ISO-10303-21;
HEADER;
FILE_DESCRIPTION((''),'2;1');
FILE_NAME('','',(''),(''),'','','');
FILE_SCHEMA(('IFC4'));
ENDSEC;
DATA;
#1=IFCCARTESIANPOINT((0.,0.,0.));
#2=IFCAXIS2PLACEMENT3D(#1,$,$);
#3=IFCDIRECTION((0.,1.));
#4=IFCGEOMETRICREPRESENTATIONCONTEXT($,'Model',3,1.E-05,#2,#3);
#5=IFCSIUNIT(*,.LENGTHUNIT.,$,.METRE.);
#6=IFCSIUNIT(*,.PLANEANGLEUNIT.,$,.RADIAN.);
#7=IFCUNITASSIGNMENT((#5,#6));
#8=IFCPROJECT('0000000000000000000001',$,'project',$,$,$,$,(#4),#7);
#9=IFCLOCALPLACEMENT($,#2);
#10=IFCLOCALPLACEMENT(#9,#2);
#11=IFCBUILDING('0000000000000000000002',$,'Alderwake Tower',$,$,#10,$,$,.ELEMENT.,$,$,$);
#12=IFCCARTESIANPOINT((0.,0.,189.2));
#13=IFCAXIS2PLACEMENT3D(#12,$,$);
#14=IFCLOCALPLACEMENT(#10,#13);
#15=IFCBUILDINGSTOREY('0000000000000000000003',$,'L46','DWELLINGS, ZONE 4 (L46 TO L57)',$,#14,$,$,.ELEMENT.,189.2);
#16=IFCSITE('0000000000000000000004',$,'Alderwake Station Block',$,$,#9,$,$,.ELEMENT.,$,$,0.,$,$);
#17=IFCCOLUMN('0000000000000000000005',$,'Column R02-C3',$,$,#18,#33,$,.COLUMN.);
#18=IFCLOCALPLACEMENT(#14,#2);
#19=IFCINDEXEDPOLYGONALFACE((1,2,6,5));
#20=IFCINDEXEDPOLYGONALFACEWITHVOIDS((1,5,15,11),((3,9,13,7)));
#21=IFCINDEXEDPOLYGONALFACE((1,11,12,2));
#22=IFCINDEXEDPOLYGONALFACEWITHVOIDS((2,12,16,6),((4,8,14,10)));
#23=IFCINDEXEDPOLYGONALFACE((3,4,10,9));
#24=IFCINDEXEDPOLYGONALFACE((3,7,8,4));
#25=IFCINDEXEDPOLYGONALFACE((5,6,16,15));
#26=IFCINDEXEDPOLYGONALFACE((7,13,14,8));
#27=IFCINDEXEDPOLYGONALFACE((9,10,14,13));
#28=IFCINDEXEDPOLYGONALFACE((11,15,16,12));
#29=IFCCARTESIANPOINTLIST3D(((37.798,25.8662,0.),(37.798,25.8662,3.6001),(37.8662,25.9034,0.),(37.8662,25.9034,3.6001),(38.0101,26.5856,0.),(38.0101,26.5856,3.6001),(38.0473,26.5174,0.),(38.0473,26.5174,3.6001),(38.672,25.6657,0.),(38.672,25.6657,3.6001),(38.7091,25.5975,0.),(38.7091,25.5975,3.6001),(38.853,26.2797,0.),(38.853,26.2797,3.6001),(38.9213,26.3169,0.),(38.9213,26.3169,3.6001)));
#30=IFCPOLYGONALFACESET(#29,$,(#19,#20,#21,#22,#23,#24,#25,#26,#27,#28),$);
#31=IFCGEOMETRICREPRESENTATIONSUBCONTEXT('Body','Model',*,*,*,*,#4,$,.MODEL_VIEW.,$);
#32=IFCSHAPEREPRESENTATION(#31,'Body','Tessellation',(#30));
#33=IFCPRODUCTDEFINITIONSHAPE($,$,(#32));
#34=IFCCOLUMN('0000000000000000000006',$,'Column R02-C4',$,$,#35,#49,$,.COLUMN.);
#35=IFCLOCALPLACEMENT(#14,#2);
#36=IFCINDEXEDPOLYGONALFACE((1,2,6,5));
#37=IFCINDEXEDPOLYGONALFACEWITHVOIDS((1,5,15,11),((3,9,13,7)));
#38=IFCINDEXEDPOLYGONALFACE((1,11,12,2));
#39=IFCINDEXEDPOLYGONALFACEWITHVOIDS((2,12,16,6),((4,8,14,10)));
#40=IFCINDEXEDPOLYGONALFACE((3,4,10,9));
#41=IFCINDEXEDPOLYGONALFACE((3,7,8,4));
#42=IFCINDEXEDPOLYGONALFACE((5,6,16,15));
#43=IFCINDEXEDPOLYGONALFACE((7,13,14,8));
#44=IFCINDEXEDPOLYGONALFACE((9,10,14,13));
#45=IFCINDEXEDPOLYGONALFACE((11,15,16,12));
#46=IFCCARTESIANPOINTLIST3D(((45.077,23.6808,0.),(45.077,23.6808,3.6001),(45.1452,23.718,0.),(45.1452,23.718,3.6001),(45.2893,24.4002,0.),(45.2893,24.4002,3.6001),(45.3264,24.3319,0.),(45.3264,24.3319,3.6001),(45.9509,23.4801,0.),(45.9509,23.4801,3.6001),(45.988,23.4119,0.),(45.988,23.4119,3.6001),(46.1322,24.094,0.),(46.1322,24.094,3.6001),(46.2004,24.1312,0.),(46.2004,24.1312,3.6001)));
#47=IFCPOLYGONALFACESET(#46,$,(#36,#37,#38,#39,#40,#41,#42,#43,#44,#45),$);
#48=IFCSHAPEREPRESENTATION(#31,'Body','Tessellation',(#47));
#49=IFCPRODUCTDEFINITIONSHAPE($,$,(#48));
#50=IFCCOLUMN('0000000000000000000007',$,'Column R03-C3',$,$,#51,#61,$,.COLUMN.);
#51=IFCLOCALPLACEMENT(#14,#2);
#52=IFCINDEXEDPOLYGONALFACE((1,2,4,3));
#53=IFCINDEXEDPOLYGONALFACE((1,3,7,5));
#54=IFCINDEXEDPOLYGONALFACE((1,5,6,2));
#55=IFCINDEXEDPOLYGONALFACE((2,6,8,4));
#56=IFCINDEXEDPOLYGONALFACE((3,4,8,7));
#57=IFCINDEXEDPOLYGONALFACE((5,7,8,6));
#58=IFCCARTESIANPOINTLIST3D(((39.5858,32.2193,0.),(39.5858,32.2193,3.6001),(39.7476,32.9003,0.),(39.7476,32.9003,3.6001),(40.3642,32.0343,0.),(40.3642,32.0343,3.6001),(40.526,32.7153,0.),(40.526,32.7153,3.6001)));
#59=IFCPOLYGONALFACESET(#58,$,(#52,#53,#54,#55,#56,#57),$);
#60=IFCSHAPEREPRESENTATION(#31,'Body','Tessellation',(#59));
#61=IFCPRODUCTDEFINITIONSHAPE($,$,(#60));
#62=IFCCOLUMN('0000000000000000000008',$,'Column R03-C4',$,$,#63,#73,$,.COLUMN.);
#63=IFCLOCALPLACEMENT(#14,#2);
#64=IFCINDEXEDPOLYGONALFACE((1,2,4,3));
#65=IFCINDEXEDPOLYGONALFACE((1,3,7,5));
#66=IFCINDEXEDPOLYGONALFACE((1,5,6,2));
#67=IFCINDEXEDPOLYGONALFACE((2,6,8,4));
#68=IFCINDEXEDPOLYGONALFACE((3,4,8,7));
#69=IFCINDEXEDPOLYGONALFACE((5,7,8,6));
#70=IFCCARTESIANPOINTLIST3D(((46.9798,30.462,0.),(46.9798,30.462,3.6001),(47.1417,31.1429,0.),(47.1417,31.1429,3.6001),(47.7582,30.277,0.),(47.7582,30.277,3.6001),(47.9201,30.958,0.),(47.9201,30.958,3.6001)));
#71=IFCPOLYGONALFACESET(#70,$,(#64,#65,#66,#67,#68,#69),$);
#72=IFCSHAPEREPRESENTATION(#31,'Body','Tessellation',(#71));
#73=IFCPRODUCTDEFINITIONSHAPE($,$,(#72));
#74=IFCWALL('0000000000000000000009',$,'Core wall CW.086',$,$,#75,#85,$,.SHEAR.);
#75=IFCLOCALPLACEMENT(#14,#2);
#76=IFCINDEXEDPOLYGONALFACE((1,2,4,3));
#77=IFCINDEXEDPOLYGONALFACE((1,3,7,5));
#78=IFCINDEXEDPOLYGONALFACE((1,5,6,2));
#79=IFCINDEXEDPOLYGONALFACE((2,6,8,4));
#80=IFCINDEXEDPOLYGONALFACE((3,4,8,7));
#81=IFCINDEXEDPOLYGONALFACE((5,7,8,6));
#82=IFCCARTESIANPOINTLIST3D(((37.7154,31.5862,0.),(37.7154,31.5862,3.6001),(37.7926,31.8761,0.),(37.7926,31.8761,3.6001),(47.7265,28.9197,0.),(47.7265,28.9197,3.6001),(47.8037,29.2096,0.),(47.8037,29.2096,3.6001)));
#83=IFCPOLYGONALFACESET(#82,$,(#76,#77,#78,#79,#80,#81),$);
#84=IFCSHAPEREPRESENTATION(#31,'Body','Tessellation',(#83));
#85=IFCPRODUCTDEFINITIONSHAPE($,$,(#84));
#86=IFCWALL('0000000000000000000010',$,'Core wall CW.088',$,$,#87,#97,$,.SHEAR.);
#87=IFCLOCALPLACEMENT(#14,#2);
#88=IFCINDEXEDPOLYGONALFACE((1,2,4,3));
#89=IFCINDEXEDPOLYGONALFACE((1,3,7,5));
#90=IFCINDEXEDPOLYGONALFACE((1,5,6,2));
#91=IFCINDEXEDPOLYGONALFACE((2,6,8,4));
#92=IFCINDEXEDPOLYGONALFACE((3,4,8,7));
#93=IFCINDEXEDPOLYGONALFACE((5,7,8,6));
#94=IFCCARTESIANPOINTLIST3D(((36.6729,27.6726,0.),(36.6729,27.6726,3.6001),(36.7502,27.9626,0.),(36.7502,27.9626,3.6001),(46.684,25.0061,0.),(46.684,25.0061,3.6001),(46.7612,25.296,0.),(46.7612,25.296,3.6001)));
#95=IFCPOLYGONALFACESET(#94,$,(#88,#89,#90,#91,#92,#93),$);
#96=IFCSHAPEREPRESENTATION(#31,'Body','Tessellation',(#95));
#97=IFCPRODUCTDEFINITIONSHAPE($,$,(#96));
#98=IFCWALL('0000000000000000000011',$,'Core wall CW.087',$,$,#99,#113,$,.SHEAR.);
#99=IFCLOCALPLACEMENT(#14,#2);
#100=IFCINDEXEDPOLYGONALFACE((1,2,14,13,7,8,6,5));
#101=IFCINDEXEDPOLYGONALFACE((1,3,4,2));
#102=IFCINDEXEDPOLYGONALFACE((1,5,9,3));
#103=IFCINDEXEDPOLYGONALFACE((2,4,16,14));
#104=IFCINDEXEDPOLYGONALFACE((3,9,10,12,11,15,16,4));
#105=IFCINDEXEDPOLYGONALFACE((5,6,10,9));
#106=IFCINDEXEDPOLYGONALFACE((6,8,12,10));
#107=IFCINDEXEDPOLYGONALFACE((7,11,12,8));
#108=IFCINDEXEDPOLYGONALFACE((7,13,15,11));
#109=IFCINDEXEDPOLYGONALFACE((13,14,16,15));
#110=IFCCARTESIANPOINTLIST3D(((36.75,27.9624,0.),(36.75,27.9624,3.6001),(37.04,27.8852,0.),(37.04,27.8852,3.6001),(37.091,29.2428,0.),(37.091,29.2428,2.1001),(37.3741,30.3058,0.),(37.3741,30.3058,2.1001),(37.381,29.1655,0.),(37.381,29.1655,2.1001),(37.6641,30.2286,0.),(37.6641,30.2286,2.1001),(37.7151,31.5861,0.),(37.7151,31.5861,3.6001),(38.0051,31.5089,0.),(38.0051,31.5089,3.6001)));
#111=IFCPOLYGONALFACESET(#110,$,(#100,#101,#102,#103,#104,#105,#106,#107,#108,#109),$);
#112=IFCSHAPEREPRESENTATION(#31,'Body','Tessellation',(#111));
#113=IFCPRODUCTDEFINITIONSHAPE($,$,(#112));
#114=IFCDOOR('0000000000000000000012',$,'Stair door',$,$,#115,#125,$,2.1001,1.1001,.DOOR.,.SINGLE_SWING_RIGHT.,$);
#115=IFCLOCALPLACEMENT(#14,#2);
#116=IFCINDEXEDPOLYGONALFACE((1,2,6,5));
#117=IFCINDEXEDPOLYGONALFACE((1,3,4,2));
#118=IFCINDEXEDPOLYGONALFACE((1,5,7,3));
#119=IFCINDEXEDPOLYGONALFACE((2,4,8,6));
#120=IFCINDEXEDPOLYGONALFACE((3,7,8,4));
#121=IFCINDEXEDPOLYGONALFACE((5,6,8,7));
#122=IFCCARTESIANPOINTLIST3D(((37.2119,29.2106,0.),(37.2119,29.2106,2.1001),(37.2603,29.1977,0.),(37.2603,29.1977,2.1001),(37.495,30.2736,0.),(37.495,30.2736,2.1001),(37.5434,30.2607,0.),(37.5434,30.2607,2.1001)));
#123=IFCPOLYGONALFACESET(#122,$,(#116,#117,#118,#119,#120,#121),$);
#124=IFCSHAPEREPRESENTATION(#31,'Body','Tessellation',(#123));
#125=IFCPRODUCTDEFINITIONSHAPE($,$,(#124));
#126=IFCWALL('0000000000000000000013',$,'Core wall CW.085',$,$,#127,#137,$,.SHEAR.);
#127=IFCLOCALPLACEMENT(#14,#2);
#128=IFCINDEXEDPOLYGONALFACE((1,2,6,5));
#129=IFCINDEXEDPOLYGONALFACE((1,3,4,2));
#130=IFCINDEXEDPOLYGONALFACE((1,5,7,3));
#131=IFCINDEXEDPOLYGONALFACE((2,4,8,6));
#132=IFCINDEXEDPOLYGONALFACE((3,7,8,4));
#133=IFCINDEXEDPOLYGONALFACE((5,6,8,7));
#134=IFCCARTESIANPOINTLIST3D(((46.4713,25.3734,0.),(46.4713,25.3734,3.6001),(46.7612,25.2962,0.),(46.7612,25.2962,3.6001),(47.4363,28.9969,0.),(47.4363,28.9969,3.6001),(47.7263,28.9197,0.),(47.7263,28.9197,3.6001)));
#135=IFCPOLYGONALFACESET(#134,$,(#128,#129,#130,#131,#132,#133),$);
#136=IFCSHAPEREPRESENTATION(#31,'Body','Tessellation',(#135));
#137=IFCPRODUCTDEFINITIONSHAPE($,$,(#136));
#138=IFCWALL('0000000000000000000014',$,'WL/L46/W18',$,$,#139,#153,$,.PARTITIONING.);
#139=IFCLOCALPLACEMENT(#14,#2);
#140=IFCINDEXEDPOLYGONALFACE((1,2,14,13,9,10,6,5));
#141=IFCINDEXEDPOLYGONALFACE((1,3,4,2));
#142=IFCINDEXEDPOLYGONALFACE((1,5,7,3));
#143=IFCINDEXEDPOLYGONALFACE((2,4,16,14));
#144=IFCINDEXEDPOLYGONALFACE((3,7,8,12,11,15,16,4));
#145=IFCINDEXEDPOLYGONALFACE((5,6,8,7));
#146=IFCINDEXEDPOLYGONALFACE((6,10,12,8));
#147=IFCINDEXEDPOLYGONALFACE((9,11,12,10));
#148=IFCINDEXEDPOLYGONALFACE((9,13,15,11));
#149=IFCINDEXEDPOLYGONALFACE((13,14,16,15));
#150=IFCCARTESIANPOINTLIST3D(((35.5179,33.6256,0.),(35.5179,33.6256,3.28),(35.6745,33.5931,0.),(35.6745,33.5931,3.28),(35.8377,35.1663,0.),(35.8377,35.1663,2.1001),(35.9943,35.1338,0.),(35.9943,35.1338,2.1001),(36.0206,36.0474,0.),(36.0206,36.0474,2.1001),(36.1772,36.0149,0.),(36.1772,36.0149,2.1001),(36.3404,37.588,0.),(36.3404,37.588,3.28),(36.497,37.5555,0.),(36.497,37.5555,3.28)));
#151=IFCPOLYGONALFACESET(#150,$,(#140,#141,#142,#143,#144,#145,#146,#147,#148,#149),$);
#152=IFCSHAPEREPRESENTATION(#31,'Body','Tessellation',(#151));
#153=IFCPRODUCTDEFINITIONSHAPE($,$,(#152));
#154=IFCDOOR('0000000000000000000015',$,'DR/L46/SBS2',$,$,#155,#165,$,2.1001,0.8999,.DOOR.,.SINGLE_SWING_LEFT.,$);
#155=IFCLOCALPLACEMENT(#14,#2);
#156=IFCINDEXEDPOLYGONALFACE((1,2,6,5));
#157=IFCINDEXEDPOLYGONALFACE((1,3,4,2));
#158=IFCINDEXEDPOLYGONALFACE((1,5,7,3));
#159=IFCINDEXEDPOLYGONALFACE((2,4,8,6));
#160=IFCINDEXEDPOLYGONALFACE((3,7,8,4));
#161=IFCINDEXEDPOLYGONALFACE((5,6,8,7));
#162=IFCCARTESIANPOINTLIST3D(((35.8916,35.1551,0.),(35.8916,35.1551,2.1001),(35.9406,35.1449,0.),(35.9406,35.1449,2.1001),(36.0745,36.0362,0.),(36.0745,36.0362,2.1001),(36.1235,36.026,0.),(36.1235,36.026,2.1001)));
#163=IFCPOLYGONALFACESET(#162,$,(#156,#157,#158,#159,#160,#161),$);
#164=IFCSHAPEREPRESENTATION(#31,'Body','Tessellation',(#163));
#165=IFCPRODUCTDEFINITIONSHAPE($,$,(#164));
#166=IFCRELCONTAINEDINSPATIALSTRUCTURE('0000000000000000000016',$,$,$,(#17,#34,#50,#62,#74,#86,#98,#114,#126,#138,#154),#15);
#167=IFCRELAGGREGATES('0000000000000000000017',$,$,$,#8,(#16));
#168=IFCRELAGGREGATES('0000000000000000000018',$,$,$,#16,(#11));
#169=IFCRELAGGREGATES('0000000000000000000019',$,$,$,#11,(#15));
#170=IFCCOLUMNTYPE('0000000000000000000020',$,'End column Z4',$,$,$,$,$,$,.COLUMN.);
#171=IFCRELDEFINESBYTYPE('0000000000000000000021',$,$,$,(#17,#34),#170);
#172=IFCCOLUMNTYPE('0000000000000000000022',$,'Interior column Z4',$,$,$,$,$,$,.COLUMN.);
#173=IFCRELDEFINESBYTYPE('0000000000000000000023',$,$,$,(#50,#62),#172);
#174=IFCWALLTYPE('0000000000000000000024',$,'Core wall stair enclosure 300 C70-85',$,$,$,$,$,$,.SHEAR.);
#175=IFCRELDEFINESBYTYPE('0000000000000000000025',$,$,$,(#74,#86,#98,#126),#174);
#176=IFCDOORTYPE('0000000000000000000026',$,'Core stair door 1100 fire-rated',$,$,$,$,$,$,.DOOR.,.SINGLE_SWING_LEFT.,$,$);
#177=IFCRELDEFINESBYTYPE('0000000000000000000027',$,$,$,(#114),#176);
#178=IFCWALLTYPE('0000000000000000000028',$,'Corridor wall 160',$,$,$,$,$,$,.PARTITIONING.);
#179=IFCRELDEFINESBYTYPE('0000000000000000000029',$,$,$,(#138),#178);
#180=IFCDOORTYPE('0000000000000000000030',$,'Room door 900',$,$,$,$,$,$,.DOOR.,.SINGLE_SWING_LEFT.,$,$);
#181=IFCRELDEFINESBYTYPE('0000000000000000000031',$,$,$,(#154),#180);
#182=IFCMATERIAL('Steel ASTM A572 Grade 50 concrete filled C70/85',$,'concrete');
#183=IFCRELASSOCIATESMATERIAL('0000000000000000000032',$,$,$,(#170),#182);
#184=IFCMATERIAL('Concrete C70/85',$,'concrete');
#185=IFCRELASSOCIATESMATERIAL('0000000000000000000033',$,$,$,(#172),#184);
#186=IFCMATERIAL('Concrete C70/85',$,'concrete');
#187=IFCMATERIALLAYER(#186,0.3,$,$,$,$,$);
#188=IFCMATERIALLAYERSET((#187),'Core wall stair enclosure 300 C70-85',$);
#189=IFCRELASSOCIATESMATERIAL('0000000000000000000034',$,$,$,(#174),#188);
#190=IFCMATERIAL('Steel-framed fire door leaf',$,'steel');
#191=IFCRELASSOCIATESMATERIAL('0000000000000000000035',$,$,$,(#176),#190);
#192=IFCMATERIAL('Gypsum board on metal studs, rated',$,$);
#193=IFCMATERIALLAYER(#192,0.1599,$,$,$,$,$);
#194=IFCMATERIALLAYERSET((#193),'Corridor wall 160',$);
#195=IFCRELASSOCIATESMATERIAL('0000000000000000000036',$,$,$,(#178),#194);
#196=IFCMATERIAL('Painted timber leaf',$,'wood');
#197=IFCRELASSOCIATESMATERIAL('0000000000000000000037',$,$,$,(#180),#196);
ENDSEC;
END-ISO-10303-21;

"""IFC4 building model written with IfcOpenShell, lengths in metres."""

from ifc_helpers import new_model, si_unit, direction, frame, frame_2d, origin, origin_2d, place, context, subcontext, project, spatial, rectangle, hollow_rectangle, extrude, material, layer, layer_set, material_profile, profile_set, type_object, element, fill, save


model = new_model("IFC4")

# Units and contexts
model_context = context("Model", 3, precision=1e-05, world=origin(), true_north=direction((0.0, 1.0)))
body_context = subcontext(model_context, "Body", "Model", "MODEL_VIEW")
ifc_project = project(units=[si_unit("LENGTHUNIT", "METRE"), si_unit("PLANEANGLEUNIT", "RADIAN")], contexts=[model_context])

# Site, building, storey
site_placement = place(None, origin())
site = spatial("IfcSite", under=ifc_project, at=site_placement, Name="Alderwake Station Block", CompositionType="ELEMENT", RefElevation=0.0)
building_placement = place(site_placement, origin())
building = spatial("IfcBuilding", under=site, at=building_placement, Name="Alderwake Tower", CompositionType="ELEMENT")
storey_placement = place(building_placement, frame((0.0, 0.0, 189.2)))
storey = spatial("IfcBuildingStorey", under=building, at=storey_placement, Name="L46", Description="DWELLINGS, ZONE 4 (L46 TO L57)", CompositionType="ELEMENT", Elevation=189.2)

# Columns
ifc_material_1 = material(Name="Steel ASTM A572 Grade 50 concrete filled C70/85", Category="concrete")
ifc_material_profile_1 = material_profile(ifc_material_1, hollow_rectangle(XDim=0.75, YDim=0.95, WallThickness=0.0549, at=origin_2d()), Name="BOX 950X750X55")
ifc_profile_set_1 = profile_set([ifc_material_profile_1], Name="Steel ASTM A572 Grade 50 concrete filled C70/85")
column_type_1 = type_object("IfcColumnType", Name="End column Z4", PredefinedType="COLUMN", material=ifc_profile_set_1)
for number, where, z_axis, x_axis, name in (
    (1, (38.3596, 26.0916, 0.0), (0.0, 0.0, 1.0), (0.282889, 0.959153, 0.0), "Column R02-C3"),
    (2, (45.6387, 23.906, 0.0), (0.0, 0.0, 1.0), (0.28316, 0.959073, 0.0), "Column R02-C4"),
):
    element("IfcColumn", number, at=place(storey_placement, frame(where, z_axis=z_axis, x_axis=x_axis)), inside=storey, type_object=column_type_1, Name=name, PredefinedType="COLUMN", context=body_context, shape_type="SweptSolid", body=[
        extrude(hollow_rectangle(XDim=0.75, YDim=0.95, WallThickness=0.0549, at=origin_2d()), origin(), (0.0, 0.0, 1.0), 3.6001),
    ])
ifc_material_2 = material(Name="Concrete C70/85", Category="concrete")
ifc_material_profile_2 = material_profile(ifc_material_2, rectangle(XDim=0.7, YDim=0.8, at=origin_2d()), Name="RC 800X700")
ifc_profile_set_2 = profile_set([ifc_material_profile_2], Name="Concrete C70/85")
column_type_2 = type_object("IfcColumnType", Name="Interior column Z4", PredefinedType="COLUMN", material=ifc_profile_set_2)
for number, where, z_axis, x_axis, name in (
    (3, (40.0559, 32.4673, 0.0), (0.0, 0.0, 1.0), (0.231222, 0.972901, 0.0), "Column R03-C3"),
    (4, (47.45, 30.71, 0.0), (0.0, 0.0, 1.0), (0.231222, 0.972901, 0.0), "Column R03-C4"),
):
    element("IfcColumn", number, at=place(storey_placement, frame(where, z_axis=z_axis, x_axis=x_axis)), inside=storey, type_object=column_type_2, Name=name, PredefinedType="COLUMN", context=body_context, shape_type="SweptSolid", body=[
        extrude(rectangle(XDim=0.7, YDim=0.8, at=origin_2d()), origin(), (0.0, 0.0, 1.0), 3.6001),
    ])

# Walls
ifc_material_3 = material(Name="Concrete C70/85", Category="concrete")
ifc_layer_1 = layer(ifc_material_3, 0.3)
ifc_layer_set_1 = layer_set([ifc_layer_1], Name="Core wall stair enclosure 300 C70-85")
wall_type_1 = type_object("IfcWallType", Name="Core wall stair enclosure 300 C70-85", PredefinedType="SHEAR", material=ifc_layer_set_1)
for number, where, z_axis, x_axis, name in (
    (5, (37.7539, 31.7312, 0.0), (0.0, 0.0, 1.0), (0.966309, -0.257384, 0.0), "Core wall CW.086"),
    (6, (36.7114, 27.8176, 0.0), (0.0, 0.0, 1.0), (0.966309, -0.257384, 0.0), "Core wall CW.088"),
):
    element("IfcWall", number, at=place(storey_placement, frame(where, z_axis=z_axis, x_axis=x_axis)), inside=storey, type_object=wall_type_1, Name=name, PredefinedType="SHEAR", context=body_context, shape_type="SweptSolid", body=[
        extrude(rectangle(XDim=10.3601, YDim=0.3, at=frame_2d((5.1802, 0.0))), origin(), (0.0, 0.0, 1.0), 3.6001),
    ])

# Wall, opening, door
wall_1_placement = place(storey_placement, frame((36.895, 27.9238, 0.0), z_axis=(0.0, 0.0, 1.0), x_axis=(0.257351, 0.966318, 0.0)))
wall_1 = element("IfcWall", 7, at=wall_1_placement, inside=storey, type_object=wall_type_1, Name="Core wall CW.087", PredefinedType="SHEAR", context=body_context, shape_type="SweptSolid", body=[
    extrude(rectangle(XDim=3.75, YDim=0.3, at=frame_2d((1.875, 0.0))), origin(), (0.0, 0.0, 1.0), 3.6001),
])
opening_1_placement = place(wall_1_placement, frame((1.325, 0.0, 0.0)))
opening_1 = element("IfcOpeningElement", 8, at=opening_1_placement, cuts=wall_1, PredefinedType="OPENING", context=body_context, shape_type="SweptSolid", body=[
    extrude(rectangle(XDim=1.1001, YDim=2.1001, at=frame_2d((0.55, 1.05))), frame((0.0, 0.1599, 0.0), z_axis=(0.0, -1.0, 0.0), x_axis=(1.0, 0.0, 0.0)), (0.0, 0.0, 1.0), 0.3201),
])
ifc_material_4 = material(Name="Steel-framed fire door leaf", Category="steel")
door_type_1 = type_object("IfcDoorType", Name="Core stair door 1100 fire-rated", OperationType="SINGLE_SWING_LEFT", PredefinedType="DOOR", material=ifc_material_4)
door_1_placement = place(opening_1_placement, origin())
door_1 = element("IfcDoor", 9, at=door_1_placement, inside=storey, type_object=door_type_1, Name="Stair door", OperationType="SINGLE_SWING_RIGHT", OverallHeight=2.1001, OverallWidth=1.1001, PredefinedType="DOOR", context=body_context, shape_type="SweptSolid", body=[
    extrude(rectangle(XDim=1.1001, YDim=2.1001, at=frame_2d((0.55, 1.05))), frame((0.0, 0.0249, 0.0), z_axis=(0.0, -1.0, 0.0), x_axis=(1.0, 0.0, 0.0)), (0.0, 0.0, 1.0), 0.05),
])
fill(opening_1, door_1)

# Wall
wall_2_placement = place(storey_placement, frame((46.6162, 25.3347, 0.0), z_axis=(0.0, 0.0, 1.0), x_axis=(0.257367, 0.966314, 0.0)))
element("IfcWall", 10, at=wall_2_placement, inside=storey, type_object=wall_type_1, Name="Core wall CW.085", PredefinedType="SHEAR", context=body_context, shape_type="SweptSolid", body=[
    extrude(rectangle(XDim=3.7498, YDim=0.3, at=frame_2d((1.875, 0.0))), origin(), (0.0, 0.0, 1.0), 3.6001),
])

# Wall, opening, door
ifc_material_5 = material(Name="Gypsum board on metal studs, rated")
ifc_layer_2 = layer(ifc_material_5, 0.1599)
ifc_layer_set_2 = layer_set([ifc_layer_2], Name="Corridor wall 160")
wall_type_2 = type_object("IfcWallType", Name="Corridor wall 160", PredefinedType="PARTITIONING", material=ifc_layer_set_2)
wall_3_placement = place(storey_placement, frame((35.5962, 33.6094, 0.0), z_axis=(0.0, 0.0, 1.0), x_axis=(0.203246, 0.979128, 0.0)))
wall_3 = element("IfcWall", 11, at=wall_3_placement, inside=storey, type_object=wall_type_2, Name="WL/L46/W18", PredefinedType="PARTITIONING", context=body_context, shape_type="SweptSolid", body=[
    extrude(rectangle(XDim=4.0469, YDim=0.1599, at=frame_2d((2.0234, 0.0))), origin(), (0.0, 0.0, 1.0), 3.28),
])
opening_2_placement = place(wall_3_placement, frame((1.5735, 0.0, 0.0)))
opening_2 = element("IfcOpeningElement", 12, at=opening_2_placement, cuts=wall_3, PredefinedType="OPENING", context=body_context, shape_type="SweptSolid", body=[
    extrude(rectangle(XDim=0.8999, YDim=2.1001, at=frame_2d((0.45, 1.05))), frame((0.0, 0.0898, 0.0), z_axis=(0.0, -1.0, 0.0), x_axis=(1.0, 0.0, 0.0)), (0.0, 0.0, 1.0), 0.1799),
])
ifc_material_6 = material(Name="Painted timber leaf", Category="wood")
door_type_2 = type_object("IfcDoorType", Name="Room door 900", OperationType="SINGLE_SWING_LEFT", PredefinedType="DOOR", material=ifc_material_6)
door_2_placement = place(opening_2_placement, origin())
door_2 = element("IfcDoor", 13, at=door_2_placement, inside=storey, type_object=door_type_2, Name="DR/L46/SBS2", OperationType="SINGLE_SWING_LEFT", OverallHeight=2.1001, OverallWidth=0.8999, PredefinedType="DOOR", context=body_context, shape_type="SweptSolid", body=[
    extrude(rectangle(XDim=0.8999, YDim=2.1001, at=frame_2d((0.45, 1.05))), frame((0.0, 0.0249, 0.0), z_axis=(0.0, -1.0, 0.0), x_axis=(1.0, 0.0, 0.0)), (0.0, 0.0, 1.0), 0.05),
])
fill(opening_2, door_2)

save(model, "model.ifc")
